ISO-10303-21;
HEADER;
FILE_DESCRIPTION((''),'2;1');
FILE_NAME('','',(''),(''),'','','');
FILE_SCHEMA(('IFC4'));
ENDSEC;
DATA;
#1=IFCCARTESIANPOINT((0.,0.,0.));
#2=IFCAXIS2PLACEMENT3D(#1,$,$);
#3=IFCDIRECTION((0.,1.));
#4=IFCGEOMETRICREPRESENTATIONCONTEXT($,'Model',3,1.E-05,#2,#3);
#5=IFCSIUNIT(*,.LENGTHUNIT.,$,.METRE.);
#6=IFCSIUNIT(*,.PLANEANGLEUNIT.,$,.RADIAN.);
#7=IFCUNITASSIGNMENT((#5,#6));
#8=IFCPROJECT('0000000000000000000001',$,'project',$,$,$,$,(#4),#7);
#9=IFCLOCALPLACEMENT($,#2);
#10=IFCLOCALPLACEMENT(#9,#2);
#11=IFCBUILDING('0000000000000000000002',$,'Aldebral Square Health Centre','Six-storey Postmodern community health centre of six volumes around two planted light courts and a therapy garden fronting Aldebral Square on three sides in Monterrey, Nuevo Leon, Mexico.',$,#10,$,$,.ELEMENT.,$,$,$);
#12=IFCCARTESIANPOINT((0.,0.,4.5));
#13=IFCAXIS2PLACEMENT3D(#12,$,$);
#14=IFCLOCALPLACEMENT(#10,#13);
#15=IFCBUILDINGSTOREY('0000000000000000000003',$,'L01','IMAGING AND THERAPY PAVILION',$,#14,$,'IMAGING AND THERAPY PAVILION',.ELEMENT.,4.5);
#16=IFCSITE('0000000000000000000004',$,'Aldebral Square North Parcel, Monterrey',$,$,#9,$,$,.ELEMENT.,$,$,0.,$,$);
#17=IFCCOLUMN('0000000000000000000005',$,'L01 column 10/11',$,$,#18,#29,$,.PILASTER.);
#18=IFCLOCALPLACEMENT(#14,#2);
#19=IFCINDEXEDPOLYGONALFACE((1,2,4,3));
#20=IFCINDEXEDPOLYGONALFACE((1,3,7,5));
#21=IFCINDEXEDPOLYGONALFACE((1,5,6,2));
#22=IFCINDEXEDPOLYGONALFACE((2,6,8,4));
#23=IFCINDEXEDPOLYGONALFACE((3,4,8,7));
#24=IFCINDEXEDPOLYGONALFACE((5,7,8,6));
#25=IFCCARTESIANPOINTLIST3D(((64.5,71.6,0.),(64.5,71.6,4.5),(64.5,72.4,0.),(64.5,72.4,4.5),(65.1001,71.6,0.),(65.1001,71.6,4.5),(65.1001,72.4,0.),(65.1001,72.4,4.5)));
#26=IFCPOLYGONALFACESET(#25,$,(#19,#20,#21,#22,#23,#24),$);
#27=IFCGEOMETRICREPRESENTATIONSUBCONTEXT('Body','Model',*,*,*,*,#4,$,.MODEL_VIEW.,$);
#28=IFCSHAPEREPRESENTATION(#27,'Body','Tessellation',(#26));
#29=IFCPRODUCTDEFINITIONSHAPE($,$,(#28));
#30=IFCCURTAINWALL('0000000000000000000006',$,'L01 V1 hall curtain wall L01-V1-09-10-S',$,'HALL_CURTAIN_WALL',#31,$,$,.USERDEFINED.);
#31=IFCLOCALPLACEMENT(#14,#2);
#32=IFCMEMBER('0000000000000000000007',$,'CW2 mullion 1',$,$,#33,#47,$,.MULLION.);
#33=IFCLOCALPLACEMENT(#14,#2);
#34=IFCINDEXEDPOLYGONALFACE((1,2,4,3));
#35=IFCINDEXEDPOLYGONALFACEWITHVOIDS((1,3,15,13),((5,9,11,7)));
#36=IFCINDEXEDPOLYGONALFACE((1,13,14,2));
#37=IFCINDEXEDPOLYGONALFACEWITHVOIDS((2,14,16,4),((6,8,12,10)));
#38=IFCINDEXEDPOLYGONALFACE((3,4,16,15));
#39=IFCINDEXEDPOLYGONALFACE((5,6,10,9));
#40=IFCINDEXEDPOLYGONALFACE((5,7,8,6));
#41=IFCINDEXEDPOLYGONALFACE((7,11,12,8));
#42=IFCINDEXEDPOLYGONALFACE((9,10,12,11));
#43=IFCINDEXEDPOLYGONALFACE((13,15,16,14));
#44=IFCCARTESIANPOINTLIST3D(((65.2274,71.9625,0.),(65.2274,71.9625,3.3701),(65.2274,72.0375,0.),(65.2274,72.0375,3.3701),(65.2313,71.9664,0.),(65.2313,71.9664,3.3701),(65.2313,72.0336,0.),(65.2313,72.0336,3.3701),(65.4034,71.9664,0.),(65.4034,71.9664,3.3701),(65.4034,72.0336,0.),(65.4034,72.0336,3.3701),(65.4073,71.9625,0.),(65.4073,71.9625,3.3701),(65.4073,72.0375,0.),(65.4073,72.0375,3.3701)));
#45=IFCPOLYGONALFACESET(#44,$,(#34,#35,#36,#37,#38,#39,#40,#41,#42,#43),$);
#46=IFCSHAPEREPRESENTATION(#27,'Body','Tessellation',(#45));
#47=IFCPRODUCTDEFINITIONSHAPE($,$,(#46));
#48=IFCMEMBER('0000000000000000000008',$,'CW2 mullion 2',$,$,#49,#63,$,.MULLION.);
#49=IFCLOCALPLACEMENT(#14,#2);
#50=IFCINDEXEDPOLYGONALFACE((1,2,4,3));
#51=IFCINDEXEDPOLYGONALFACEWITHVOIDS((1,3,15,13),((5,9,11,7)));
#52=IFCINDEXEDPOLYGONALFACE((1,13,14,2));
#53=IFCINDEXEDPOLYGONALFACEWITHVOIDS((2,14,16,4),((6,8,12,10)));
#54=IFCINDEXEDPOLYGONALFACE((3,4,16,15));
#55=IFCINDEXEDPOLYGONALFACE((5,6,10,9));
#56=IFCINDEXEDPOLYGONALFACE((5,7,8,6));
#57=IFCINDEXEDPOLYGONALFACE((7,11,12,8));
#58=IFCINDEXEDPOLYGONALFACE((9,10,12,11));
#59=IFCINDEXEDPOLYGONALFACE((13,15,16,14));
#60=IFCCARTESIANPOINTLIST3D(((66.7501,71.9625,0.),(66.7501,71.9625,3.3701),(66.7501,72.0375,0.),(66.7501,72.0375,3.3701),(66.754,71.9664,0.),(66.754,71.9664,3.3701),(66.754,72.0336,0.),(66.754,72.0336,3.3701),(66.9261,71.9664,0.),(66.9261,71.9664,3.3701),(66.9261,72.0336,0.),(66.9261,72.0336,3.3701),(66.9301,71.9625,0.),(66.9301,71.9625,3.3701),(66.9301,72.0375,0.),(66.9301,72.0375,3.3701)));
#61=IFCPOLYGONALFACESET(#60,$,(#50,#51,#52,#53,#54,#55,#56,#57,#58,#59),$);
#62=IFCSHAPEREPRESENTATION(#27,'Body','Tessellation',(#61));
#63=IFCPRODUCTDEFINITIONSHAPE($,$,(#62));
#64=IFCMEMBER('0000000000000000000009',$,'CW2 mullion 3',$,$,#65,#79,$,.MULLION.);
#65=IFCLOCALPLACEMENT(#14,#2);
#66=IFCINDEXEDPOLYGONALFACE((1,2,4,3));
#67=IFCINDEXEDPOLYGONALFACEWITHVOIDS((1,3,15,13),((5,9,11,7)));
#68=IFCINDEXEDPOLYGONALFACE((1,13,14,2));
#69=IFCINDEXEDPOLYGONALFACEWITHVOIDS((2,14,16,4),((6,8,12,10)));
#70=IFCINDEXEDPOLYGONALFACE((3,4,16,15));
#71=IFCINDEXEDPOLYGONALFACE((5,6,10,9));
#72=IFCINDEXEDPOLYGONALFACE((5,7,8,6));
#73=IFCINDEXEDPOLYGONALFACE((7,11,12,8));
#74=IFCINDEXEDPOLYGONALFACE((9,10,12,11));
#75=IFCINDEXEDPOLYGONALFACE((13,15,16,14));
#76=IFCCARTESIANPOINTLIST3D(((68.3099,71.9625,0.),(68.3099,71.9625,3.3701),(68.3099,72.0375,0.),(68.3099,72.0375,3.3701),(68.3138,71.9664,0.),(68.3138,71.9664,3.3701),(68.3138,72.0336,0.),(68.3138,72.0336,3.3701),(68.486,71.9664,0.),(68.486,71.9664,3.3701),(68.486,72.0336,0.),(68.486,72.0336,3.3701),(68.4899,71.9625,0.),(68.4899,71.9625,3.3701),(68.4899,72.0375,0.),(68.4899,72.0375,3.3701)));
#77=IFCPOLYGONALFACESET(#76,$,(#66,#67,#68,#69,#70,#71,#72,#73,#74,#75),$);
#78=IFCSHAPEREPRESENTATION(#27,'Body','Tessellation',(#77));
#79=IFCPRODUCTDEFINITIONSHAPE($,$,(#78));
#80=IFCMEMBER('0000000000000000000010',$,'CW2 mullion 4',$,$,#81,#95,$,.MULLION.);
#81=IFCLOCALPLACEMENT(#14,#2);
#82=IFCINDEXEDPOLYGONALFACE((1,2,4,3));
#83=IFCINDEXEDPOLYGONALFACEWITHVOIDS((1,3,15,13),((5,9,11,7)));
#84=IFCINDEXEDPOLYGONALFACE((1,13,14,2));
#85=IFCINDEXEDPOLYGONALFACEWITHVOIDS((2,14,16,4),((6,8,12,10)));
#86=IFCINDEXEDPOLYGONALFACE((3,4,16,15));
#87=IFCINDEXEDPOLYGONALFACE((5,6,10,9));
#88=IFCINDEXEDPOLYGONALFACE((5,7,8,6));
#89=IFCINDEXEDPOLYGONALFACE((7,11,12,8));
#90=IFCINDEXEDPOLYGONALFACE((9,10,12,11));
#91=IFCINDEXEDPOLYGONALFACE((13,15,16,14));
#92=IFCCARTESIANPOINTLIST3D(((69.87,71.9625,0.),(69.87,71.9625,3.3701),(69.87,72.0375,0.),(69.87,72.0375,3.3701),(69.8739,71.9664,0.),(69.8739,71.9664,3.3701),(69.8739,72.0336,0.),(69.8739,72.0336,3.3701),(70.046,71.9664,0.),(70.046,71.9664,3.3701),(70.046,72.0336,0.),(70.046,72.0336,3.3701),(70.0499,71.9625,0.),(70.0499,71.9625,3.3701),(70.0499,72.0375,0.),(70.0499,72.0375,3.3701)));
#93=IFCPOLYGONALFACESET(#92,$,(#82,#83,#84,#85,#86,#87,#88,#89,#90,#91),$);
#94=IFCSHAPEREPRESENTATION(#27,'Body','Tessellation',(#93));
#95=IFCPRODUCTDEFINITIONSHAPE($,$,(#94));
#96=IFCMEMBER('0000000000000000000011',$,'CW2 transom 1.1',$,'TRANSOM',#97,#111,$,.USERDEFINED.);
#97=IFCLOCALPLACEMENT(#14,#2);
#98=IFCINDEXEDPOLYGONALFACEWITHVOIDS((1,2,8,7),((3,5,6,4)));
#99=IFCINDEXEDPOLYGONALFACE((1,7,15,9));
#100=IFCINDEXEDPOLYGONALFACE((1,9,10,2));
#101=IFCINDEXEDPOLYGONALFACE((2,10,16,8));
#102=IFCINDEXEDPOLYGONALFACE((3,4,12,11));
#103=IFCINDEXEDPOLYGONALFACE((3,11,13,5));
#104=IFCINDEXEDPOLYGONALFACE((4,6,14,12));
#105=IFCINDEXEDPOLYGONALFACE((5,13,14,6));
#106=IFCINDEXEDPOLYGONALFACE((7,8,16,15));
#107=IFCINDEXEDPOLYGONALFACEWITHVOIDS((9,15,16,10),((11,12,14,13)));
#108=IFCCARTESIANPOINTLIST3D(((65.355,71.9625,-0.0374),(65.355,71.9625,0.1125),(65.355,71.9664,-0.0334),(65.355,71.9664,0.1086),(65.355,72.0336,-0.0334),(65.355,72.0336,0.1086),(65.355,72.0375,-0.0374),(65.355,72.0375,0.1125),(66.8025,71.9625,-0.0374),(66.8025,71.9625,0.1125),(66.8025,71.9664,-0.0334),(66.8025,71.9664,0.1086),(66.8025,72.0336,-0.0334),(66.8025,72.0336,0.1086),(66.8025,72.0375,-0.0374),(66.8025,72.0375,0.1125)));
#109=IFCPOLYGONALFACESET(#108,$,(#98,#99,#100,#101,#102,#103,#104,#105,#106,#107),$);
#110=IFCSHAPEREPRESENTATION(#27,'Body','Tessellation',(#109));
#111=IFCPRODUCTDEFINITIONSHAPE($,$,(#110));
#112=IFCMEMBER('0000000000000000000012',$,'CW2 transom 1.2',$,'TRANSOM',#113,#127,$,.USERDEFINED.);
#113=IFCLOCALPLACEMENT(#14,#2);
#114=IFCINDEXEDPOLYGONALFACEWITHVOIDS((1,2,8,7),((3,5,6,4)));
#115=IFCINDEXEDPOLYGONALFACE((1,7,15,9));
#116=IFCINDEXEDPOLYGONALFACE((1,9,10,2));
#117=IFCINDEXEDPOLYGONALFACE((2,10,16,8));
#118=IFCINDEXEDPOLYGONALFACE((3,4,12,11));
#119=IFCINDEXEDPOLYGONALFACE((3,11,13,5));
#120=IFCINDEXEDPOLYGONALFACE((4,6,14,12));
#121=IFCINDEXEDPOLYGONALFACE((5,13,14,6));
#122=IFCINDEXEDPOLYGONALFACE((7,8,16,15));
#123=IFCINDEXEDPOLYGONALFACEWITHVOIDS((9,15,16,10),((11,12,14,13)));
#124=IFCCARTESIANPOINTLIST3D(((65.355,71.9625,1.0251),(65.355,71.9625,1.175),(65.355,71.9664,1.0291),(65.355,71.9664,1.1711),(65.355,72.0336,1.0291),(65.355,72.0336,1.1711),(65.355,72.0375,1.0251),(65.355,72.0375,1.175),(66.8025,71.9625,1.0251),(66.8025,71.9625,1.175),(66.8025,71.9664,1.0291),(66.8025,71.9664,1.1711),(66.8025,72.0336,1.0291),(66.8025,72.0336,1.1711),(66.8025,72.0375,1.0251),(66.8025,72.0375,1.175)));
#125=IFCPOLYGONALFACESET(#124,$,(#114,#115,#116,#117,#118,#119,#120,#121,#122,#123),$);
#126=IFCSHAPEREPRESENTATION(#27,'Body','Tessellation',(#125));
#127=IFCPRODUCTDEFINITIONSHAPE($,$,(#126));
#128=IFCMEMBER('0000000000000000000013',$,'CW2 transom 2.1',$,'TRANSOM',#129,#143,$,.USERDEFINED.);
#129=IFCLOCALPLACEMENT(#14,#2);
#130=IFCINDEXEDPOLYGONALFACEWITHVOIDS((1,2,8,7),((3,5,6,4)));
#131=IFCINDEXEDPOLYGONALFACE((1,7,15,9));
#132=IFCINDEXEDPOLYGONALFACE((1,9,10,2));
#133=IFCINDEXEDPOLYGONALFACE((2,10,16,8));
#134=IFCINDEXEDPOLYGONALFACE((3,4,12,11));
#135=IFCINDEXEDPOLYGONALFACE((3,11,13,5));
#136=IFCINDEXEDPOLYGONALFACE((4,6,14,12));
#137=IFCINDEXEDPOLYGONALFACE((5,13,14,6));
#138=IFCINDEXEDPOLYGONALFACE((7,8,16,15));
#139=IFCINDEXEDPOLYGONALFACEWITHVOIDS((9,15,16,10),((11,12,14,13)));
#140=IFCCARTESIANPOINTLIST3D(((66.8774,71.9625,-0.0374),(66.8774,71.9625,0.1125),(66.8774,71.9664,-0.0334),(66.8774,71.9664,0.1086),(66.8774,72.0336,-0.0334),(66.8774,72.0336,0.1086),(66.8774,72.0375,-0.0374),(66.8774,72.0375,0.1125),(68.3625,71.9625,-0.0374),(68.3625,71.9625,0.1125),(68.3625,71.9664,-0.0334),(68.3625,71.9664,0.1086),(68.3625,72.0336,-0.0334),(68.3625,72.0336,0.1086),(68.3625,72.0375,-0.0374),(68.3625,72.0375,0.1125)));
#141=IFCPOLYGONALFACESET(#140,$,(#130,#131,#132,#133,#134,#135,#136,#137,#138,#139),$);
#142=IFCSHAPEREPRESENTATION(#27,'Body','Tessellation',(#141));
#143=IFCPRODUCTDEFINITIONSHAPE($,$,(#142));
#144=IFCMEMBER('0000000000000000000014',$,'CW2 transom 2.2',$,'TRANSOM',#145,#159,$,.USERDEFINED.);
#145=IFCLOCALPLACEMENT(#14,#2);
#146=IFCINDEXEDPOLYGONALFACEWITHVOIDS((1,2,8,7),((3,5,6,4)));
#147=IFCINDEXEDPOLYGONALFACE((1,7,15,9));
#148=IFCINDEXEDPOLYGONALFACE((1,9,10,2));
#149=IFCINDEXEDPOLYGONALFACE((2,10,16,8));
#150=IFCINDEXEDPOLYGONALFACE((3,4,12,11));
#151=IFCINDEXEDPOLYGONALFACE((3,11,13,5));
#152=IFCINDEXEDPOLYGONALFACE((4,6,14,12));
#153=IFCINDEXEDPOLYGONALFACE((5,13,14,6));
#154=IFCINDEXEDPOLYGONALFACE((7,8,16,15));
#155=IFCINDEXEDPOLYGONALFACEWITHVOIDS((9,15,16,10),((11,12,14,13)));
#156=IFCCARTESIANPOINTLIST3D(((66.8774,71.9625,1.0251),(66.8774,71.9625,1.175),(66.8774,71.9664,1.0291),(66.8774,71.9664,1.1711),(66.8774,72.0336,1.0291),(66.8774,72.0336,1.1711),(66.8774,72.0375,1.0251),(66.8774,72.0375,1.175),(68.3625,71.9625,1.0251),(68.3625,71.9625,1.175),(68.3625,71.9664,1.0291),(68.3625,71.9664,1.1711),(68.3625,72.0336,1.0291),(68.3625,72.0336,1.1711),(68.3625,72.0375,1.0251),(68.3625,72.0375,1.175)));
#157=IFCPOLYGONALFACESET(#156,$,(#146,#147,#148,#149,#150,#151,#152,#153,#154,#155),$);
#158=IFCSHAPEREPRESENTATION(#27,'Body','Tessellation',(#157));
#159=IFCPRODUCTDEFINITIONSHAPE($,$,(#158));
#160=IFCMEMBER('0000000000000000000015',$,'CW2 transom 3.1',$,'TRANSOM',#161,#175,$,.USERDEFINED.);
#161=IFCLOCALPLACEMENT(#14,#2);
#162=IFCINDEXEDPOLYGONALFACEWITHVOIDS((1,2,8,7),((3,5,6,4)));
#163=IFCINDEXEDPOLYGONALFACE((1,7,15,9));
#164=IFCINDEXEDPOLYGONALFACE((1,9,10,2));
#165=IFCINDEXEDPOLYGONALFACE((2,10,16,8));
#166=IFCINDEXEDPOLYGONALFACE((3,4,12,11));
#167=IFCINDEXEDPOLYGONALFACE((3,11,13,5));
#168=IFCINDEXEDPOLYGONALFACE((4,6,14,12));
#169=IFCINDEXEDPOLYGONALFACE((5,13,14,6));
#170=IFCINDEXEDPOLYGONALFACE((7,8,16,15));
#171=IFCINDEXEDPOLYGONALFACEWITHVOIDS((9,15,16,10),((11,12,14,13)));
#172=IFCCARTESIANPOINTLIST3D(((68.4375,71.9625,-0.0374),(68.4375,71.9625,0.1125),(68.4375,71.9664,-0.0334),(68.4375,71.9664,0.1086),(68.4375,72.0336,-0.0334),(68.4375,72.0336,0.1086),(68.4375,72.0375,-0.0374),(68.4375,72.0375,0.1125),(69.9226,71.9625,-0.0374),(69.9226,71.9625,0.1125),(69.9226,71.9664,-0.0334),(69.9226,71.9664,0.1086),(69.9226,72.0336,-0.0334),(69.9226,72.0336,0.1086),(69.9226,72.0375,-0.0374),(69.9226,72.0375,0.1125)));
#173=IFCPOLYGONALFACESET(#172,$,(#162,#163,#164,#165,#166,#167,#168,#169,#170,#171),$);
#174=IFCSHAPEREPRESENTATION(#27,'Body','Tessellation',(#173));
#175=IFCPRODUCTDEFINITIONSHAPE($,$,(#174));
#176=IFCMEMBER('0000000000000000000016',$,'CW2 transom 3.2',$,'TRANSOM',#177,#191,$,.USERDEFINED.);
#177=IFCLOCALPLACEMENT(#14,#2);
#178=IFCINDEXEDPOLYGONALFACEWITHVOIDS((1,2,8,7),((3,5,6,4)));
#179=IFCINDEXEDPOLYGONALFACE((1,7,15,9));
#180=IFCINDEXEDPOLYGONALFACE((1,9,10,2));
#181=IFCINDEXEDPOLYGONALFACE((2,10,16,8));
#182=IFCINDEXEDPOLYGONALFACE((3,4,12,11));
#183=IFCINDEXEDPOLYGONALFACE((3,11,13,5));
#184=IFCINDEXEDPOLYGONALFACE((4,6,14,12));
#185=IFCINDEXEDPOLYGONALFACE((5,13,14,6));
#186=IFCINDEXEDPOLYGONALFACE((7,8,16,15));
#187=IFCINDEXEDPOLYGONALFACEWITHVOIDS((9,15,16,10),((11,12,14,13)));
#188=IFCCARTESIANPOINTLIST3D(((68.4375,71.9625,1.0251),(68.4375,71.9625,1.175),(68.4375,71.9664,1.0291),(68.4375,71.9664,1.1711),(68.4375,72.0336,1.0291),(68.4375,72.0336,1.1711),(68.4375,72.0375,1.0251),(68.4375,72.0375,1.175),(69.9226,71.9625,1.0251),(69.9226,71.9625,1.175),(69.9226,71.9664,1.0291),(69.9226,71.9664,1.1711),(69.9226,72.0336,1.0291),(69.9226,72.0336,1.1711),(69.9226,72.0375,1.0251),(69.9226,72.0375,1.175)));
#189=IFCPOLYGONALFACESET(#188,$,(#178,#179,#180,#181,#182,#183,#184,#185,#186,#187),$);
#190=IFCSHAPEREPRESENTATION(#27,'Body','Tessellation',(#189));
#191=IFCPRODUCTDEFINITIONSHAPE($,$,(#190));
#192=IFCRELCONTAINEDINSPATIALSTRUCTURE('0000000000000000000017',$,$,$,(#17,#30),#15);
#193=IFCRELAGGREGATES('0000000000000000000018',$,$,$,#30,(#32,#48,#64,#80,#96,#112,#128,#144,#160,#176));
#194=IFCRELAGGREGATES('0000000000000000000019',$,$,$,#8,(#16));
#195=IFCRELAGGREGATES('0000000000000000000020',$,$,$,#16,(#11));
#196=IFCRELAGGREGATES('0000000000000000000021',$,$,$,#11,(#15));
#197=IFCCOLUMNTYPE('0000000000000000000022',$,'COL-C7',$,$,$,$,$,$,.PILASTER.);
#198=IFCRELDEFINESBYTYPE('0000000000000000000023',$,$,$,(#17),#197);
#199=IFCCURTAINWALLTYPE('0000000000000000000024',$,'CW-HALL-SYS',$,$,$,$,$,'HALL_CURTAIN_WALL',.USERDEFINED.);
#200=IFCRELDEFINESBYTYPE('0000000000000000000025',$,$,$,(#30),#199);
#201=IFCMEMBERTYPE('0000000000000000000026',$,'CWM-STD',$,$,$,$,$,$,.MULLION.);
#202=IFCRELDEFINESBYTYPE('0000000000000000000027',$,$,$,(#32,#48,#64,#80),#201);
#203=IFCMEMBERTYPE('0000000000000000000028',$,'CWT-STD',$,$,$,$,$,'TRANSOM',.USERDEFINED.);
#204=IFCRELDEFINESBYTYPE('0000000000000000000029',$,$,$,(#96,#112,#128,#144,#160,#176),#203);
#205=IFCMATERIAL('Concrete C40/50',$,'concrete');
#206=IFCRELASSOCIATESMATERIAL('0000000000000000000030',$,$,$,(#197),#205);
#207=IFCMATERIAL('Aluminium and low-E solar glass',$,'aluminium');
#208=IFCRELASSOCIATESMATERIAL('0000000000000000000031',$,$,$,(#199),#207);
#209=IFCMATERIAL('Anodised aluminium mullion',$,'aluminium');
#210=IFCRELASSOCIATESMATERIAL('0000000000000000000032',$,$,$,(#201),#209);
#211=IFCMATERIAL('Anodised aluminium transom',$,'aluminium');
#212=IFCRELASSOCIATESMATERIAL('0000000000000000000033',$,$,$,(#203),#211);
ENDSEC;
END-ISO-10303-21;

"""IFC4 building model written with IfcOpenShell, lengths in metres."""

from ifc_helpers import new_model, si_unit, direction, frame, origin, origin_2d, place, context, subcontext, project, spatial, rectangle, hollow_rectangle, extrude, material, material_profile, profile_set, type_object, element, aggregate, save


model = new_model("IFC4")

# Units and contexts
model_context = context("Model", 3, precision=1e-05, world=origin(), true_north=direction((0.0, 1.0)))
body_context = subcontext(model_context, "Body", "Model", "MODEL_VIEW")
ifc_project = project(units=[si_unit("LENGTHUNIT", "METRE"), si_unit("PLANEANGLEUNIT", "RADIAN")], contexts=[model_context])

# Site, building, storey
site_placement = place(None, origin())
site = spatial("IfcSite", under=ifc_project, at=site_placement, Name="Aldebral Square North Parcel, Monterrey", CompositionType="ELEMENT", RefElevation=0.0)
building_placement = place(site_placement, origin())
building = spatial("IfcBuilding", under=site, at=building_placement, Name="Aldebral Square Health Centre", Description="Six-storey Postmodern community health centre of six volumes around two planted light courts and a therapy garden fronting Aldebral Square on three sides in Monterrey, Nuevo Leon, Mexico.", CompositionType="ELEMENT")
storey_placement = place(building_placement, frame((0.0, 0.0, 4.5)))
storey = spatial("IfcBuildingStorey", under=building, at=storey_placement, Name="L01", Description="IMAGING AND THERAPY PAVILION", LongName="IMAGING AND THERAPY PAVILION", CompositionType="ELEMENT", Elevation=4.5)

# Column
ifc_material_1 = material(Name="Concrete C40/50", Category="concrete")
ifc_material_profile_1 = material_profile(ifc_material_1, rectangle(XDim=0.6001, YDim=0.8, at=origin_2d()), Name="RC 600x800")
ifc_profile_set_1 = profile_set([ifc_material_profile_1], Name="Concrete C40/50")
column_type = type_object("IfcColumnType", Name="COL-C7", PredefinedType="PILASTER", material=ifc_profile_set_1)
column_placement = place(storey_placement, frame((64.8, 72.0, 0.0), z_axis=(0.0, 0.0, 1.0), x_axis=(1.0, 0.0, 0.0)))
element("IfcColumn", 1, at=column_placement, inside=storey, type_object=column_type, Name="L01 column 10/11", PredefinedType="PILASTER", context=body_context, shape_type="SweptSolid", body=[
    extrude(rectangle(XDim=0.6001, YDim=0.8, at=origin_2d()), origin(), (0.0, 0.0, 1.0), 4.5),
])

# Curtain wall, members
ifc_material_2 = material(Name="Aluminium and low-E solar glass", Category="aluminium")
curtain_wall_type = type_object("IfcCurtainWallType", Name="CW-HALL-SYS", ElementType="HALL_CURTAIN_WALL", PredefinedType="USERDEFINED", material=ifc_material_2)
curtain_wall_placement = place(storey_placement, origin())
curtain_wall = element("IfcCurtainWall", 2, at=curtain_wall_placement, inside=storey, type_object=curtain_wall_type, Name="L01 V1 hall curtain wall L01-V1-09-10-S", ObjectType="HALL_CURTAIN_WALL", PredefinedType="USERDEFINED")
ifc_material_3 = material(Name="Anodised aluminium mullion", Category="aluminium")
ifc_material_profile_2 = material_profile(ifc_material_3, hollow_rectangle(XDim=0.075, YDim=0.1799, WallThickness=0.0039, at=origin_2d()), Name="CWM 75x180x4")
ifc_profile_set_2 = profile_set([ifc_material_profile_2], Name="Anodised aluminium mullion")
member_type_1 = type_object("IfcMemberType", Name="CWM-STD", PredefinedType="MULLION", material=ifc_profile_set_2)
member_1_placement = place(storey_placement, frame((65.3174, 72.0, 0.0), z_axis=(0.0, 0.0, 1.0), x_axis=(0.0, 1.0, 0.0)))
member_1 = element("IfcMember", 3, at=member_1_placement, type_object=member_type_1, Name="CW2 mullion 1", PredefinedType="MULLION", context=body_context, shape_type="SweptSolid", body=[
    extrude(hollow_rectangle(XDim=0.075, YDim=0.1799, WallThickness=0.0039, at=origin_2d()), origin(), (0.0, 0.0, 1.0), 3.3701),
])
member_2_placement = place(storey_placement, frame((66.8401, 72.0, 0.0), z_axis=(0.0, 0.0, 1.0), x_axis=(0.0, 1.0, 0.0)))
member_2 = element("IfcMember", 4, at=member_2_placement, type_object=member_type_1, Name="CW2 mullion 2", PredefinedType="MULLION", context=body_context, shape_type="SweptSolid", body=[
    extrude(hollow_rectangle(XDim=0.075, YDim=0.1799, WallThickness=0.0039, at=origin_2d()), origin(), (0.0, 0.0, 1.0), 3.3701),
])
member_3_placement = place(storey_placement, frame((68.3999, 72.0, 0.0), z_axis=(0.0, 0.0, 1.0), x_axis=(0.0, 1.0, 0.0)))
member_3 = element("IfcMember", 5, at=member_3_placement, type_object=member_type_1, Name="CW2 mullion 3", PredefinedType="MULLION", context=body_context, shape_type="SweptSolid", body=[
    extrude(hollow_rectangle(XDim=0.075, YDim=0.1799, WallThickness=0.0039, at=origin_2d()), origin(), (0.0, 0.0, 1.0), 3.3701),
])
member_4_placement = place(storey_placement, frame((69.96, 72.0, 0.0), z_axis=(0.0, 0.0, 1.0), x_axis=(0.0, 1.0, 0.0)))
member_4 = element("IfcMember", 6, at=member_4_placement, type_object=member_type_1, Name="CW2 mullion 4", PredefinedType="MULLION", context=body_context, shape_type="SweptSolid", body=[
    extrude(hollow_rectangle(XDim=0.075, YDim=0.1799, WallThickness=0.0039, at=origin_2d()), origin(), (0.0, 0.0, 1.0), 3.3701),
])
ifc_material_4 = material(Name="Anodised aluminium transom", Category="aluminium")
ifc_material_profile_3 = material_profile(ifc_material_4, hollow_rectangle(XDim=0.075, YDim=0.1499, WallThickness=0.0039, at=origin_2d()), Name="CWT 75x150x4")
ifc_profile_set_3 = profile_set([ifc_material_profile_3], Name="Anodised aluminium transom")
member_type_2 = type_object("IfcMemberType", Name="CWT-STD", ElementType="TRANSOM", PredefinedType="USERDEFINED", material=ifc_profile_set_3)
member_5_placement = place(storey_placement, frame((65.355, 72.0, 0.0376), z_axis=(1.0, 0.0, 0.0), x_axis=(0.0, 1.0, 0.0)))
member_5 = element("IfcMember", 7, at=member_5_placement, type_object=member_type_2, Name="CW2 transom 1.1", ObjectType="TRANSOM", PredefinedType="USERDEFINED", context=body_context, shape_type="SweptSolid", body=[
    extrude(hollow_rectangle(XDim=0.075, YDim=0.1499, WallThickness=0.0039, at=origin_2d()), origin(), (0.0, 0.0, 1.0), 1.4475),
])
member_6_placement = place(storey_placement, frame((65.355, 72.0, 1.1001), z_axis=(1.0, 0.0, 0.0), x_axis=(0.0, 1.0, 0.0)))
member_6 = element("IfcMember", 8, at=member_6_placement, type_object=member_type_2, Name="CW2 transom 1.2", ObjectType="TRANSOM", PredefinedType="USERDEFINED", context=body_context, shape_type="SweptSolid", body=[
    extrude(hollow_rectangle(XDim=0.075, YDim=0.1499, WallThickness=0.0039, at=origin_2d()), origin(), (0.0, 0.0, 1.0), 1.4475),
])
member_7_placement = place(storey_placement, frame((66.8774, 72.0, 0.0376), z_axis=(1.0, 0.0, 0.0), x_axis=(0.0, 1.0, 0.0)))
member_7 = element("IfcMember", 9, at=member_7_placement, type_object=member_type_2, Name="CW2 transom 2.1", ObjectType="TRANSOM", PredefinedType="USERDEFINED", context=body_context, shape_type="SweptSolid", body=[
    extrude(hollow_rectangle(XDim=0.075, YDim=0.1499, WallThickness=0.0039, at=origin_2d()), origin(), (0.0, 0.0, 1.0), 1.4851),
])
member_8_placement = place(storey_placement, frame((66.8774, 72.0, 1.1001), z_axis=(1.0, 0.0, 0.0), x_axis=(0.0, 1.0, 0.0)))
member_8 = element("IfcMember", 10, at=member_8_placement, type_object=member_type_2, Name="CW2 transom 2.2", ObjectType="TRANSOM", PredefinedType="USERDEFINED", context=body_context, shape_type="SweptSolid", body=[
    extrude(hollow_rectangle(XDim=0.075, YDim=0.1499, WallThickness=0.0039, at=origin_2d()), origin(), (0.0, 0.0, 1.0), 1.4851),
])
member_9_placement = place(storey_placement, frame((68.4375, 72.0, 0.0376), z_axis=(1.0, 0.0, 0.0), x_axis=(0.0, 1.0, 0.0)))
member_9 = element("IfcMember", 11, at=member_9_placement, type_object=member_type_2, Name="CW2 transom 3.1", ObjectType="TRANSOM", PredefinedType="USERDEFINED", context=body_context, shape_type="SweptSolid", body=[
    extrude(hollow_rectangle(XDim=0.075, YDim=0.1499, WallThickness=0.0039, at=origin_2d()), origin(), (0.0, 0.0, 1.0), 1.4851),
])
member_10_placement = place(storey_placement, frame((68.4375, 72.0, 1.1001), z_axis=(1.0, 0.0, 0.0), x_axis=(0.0, 1.0, 0.0)))
member_10 = element("IfcMember", 12, at=member_10_placement, type_object=member_type_2, Name="CW2 transom 3.2", ObjectType="TRANSOM", PredefinedType="USERDEFINED", context=body_context, shape_type="SweptSolid", body=[
    extrude(hollow_rectangle(XDim=0.075, YDim=0.1499, WallThickness=0.0039, at=origin_2d()), origin(), (0.0, 0.0, 1.0), 1.4851),
])
aggregate(curtain_wall, [member_1, member_2, member_3, member_4, member_5, member_6, member_7, member_8, member_9, member_10])

save(model, "model.ifc")
